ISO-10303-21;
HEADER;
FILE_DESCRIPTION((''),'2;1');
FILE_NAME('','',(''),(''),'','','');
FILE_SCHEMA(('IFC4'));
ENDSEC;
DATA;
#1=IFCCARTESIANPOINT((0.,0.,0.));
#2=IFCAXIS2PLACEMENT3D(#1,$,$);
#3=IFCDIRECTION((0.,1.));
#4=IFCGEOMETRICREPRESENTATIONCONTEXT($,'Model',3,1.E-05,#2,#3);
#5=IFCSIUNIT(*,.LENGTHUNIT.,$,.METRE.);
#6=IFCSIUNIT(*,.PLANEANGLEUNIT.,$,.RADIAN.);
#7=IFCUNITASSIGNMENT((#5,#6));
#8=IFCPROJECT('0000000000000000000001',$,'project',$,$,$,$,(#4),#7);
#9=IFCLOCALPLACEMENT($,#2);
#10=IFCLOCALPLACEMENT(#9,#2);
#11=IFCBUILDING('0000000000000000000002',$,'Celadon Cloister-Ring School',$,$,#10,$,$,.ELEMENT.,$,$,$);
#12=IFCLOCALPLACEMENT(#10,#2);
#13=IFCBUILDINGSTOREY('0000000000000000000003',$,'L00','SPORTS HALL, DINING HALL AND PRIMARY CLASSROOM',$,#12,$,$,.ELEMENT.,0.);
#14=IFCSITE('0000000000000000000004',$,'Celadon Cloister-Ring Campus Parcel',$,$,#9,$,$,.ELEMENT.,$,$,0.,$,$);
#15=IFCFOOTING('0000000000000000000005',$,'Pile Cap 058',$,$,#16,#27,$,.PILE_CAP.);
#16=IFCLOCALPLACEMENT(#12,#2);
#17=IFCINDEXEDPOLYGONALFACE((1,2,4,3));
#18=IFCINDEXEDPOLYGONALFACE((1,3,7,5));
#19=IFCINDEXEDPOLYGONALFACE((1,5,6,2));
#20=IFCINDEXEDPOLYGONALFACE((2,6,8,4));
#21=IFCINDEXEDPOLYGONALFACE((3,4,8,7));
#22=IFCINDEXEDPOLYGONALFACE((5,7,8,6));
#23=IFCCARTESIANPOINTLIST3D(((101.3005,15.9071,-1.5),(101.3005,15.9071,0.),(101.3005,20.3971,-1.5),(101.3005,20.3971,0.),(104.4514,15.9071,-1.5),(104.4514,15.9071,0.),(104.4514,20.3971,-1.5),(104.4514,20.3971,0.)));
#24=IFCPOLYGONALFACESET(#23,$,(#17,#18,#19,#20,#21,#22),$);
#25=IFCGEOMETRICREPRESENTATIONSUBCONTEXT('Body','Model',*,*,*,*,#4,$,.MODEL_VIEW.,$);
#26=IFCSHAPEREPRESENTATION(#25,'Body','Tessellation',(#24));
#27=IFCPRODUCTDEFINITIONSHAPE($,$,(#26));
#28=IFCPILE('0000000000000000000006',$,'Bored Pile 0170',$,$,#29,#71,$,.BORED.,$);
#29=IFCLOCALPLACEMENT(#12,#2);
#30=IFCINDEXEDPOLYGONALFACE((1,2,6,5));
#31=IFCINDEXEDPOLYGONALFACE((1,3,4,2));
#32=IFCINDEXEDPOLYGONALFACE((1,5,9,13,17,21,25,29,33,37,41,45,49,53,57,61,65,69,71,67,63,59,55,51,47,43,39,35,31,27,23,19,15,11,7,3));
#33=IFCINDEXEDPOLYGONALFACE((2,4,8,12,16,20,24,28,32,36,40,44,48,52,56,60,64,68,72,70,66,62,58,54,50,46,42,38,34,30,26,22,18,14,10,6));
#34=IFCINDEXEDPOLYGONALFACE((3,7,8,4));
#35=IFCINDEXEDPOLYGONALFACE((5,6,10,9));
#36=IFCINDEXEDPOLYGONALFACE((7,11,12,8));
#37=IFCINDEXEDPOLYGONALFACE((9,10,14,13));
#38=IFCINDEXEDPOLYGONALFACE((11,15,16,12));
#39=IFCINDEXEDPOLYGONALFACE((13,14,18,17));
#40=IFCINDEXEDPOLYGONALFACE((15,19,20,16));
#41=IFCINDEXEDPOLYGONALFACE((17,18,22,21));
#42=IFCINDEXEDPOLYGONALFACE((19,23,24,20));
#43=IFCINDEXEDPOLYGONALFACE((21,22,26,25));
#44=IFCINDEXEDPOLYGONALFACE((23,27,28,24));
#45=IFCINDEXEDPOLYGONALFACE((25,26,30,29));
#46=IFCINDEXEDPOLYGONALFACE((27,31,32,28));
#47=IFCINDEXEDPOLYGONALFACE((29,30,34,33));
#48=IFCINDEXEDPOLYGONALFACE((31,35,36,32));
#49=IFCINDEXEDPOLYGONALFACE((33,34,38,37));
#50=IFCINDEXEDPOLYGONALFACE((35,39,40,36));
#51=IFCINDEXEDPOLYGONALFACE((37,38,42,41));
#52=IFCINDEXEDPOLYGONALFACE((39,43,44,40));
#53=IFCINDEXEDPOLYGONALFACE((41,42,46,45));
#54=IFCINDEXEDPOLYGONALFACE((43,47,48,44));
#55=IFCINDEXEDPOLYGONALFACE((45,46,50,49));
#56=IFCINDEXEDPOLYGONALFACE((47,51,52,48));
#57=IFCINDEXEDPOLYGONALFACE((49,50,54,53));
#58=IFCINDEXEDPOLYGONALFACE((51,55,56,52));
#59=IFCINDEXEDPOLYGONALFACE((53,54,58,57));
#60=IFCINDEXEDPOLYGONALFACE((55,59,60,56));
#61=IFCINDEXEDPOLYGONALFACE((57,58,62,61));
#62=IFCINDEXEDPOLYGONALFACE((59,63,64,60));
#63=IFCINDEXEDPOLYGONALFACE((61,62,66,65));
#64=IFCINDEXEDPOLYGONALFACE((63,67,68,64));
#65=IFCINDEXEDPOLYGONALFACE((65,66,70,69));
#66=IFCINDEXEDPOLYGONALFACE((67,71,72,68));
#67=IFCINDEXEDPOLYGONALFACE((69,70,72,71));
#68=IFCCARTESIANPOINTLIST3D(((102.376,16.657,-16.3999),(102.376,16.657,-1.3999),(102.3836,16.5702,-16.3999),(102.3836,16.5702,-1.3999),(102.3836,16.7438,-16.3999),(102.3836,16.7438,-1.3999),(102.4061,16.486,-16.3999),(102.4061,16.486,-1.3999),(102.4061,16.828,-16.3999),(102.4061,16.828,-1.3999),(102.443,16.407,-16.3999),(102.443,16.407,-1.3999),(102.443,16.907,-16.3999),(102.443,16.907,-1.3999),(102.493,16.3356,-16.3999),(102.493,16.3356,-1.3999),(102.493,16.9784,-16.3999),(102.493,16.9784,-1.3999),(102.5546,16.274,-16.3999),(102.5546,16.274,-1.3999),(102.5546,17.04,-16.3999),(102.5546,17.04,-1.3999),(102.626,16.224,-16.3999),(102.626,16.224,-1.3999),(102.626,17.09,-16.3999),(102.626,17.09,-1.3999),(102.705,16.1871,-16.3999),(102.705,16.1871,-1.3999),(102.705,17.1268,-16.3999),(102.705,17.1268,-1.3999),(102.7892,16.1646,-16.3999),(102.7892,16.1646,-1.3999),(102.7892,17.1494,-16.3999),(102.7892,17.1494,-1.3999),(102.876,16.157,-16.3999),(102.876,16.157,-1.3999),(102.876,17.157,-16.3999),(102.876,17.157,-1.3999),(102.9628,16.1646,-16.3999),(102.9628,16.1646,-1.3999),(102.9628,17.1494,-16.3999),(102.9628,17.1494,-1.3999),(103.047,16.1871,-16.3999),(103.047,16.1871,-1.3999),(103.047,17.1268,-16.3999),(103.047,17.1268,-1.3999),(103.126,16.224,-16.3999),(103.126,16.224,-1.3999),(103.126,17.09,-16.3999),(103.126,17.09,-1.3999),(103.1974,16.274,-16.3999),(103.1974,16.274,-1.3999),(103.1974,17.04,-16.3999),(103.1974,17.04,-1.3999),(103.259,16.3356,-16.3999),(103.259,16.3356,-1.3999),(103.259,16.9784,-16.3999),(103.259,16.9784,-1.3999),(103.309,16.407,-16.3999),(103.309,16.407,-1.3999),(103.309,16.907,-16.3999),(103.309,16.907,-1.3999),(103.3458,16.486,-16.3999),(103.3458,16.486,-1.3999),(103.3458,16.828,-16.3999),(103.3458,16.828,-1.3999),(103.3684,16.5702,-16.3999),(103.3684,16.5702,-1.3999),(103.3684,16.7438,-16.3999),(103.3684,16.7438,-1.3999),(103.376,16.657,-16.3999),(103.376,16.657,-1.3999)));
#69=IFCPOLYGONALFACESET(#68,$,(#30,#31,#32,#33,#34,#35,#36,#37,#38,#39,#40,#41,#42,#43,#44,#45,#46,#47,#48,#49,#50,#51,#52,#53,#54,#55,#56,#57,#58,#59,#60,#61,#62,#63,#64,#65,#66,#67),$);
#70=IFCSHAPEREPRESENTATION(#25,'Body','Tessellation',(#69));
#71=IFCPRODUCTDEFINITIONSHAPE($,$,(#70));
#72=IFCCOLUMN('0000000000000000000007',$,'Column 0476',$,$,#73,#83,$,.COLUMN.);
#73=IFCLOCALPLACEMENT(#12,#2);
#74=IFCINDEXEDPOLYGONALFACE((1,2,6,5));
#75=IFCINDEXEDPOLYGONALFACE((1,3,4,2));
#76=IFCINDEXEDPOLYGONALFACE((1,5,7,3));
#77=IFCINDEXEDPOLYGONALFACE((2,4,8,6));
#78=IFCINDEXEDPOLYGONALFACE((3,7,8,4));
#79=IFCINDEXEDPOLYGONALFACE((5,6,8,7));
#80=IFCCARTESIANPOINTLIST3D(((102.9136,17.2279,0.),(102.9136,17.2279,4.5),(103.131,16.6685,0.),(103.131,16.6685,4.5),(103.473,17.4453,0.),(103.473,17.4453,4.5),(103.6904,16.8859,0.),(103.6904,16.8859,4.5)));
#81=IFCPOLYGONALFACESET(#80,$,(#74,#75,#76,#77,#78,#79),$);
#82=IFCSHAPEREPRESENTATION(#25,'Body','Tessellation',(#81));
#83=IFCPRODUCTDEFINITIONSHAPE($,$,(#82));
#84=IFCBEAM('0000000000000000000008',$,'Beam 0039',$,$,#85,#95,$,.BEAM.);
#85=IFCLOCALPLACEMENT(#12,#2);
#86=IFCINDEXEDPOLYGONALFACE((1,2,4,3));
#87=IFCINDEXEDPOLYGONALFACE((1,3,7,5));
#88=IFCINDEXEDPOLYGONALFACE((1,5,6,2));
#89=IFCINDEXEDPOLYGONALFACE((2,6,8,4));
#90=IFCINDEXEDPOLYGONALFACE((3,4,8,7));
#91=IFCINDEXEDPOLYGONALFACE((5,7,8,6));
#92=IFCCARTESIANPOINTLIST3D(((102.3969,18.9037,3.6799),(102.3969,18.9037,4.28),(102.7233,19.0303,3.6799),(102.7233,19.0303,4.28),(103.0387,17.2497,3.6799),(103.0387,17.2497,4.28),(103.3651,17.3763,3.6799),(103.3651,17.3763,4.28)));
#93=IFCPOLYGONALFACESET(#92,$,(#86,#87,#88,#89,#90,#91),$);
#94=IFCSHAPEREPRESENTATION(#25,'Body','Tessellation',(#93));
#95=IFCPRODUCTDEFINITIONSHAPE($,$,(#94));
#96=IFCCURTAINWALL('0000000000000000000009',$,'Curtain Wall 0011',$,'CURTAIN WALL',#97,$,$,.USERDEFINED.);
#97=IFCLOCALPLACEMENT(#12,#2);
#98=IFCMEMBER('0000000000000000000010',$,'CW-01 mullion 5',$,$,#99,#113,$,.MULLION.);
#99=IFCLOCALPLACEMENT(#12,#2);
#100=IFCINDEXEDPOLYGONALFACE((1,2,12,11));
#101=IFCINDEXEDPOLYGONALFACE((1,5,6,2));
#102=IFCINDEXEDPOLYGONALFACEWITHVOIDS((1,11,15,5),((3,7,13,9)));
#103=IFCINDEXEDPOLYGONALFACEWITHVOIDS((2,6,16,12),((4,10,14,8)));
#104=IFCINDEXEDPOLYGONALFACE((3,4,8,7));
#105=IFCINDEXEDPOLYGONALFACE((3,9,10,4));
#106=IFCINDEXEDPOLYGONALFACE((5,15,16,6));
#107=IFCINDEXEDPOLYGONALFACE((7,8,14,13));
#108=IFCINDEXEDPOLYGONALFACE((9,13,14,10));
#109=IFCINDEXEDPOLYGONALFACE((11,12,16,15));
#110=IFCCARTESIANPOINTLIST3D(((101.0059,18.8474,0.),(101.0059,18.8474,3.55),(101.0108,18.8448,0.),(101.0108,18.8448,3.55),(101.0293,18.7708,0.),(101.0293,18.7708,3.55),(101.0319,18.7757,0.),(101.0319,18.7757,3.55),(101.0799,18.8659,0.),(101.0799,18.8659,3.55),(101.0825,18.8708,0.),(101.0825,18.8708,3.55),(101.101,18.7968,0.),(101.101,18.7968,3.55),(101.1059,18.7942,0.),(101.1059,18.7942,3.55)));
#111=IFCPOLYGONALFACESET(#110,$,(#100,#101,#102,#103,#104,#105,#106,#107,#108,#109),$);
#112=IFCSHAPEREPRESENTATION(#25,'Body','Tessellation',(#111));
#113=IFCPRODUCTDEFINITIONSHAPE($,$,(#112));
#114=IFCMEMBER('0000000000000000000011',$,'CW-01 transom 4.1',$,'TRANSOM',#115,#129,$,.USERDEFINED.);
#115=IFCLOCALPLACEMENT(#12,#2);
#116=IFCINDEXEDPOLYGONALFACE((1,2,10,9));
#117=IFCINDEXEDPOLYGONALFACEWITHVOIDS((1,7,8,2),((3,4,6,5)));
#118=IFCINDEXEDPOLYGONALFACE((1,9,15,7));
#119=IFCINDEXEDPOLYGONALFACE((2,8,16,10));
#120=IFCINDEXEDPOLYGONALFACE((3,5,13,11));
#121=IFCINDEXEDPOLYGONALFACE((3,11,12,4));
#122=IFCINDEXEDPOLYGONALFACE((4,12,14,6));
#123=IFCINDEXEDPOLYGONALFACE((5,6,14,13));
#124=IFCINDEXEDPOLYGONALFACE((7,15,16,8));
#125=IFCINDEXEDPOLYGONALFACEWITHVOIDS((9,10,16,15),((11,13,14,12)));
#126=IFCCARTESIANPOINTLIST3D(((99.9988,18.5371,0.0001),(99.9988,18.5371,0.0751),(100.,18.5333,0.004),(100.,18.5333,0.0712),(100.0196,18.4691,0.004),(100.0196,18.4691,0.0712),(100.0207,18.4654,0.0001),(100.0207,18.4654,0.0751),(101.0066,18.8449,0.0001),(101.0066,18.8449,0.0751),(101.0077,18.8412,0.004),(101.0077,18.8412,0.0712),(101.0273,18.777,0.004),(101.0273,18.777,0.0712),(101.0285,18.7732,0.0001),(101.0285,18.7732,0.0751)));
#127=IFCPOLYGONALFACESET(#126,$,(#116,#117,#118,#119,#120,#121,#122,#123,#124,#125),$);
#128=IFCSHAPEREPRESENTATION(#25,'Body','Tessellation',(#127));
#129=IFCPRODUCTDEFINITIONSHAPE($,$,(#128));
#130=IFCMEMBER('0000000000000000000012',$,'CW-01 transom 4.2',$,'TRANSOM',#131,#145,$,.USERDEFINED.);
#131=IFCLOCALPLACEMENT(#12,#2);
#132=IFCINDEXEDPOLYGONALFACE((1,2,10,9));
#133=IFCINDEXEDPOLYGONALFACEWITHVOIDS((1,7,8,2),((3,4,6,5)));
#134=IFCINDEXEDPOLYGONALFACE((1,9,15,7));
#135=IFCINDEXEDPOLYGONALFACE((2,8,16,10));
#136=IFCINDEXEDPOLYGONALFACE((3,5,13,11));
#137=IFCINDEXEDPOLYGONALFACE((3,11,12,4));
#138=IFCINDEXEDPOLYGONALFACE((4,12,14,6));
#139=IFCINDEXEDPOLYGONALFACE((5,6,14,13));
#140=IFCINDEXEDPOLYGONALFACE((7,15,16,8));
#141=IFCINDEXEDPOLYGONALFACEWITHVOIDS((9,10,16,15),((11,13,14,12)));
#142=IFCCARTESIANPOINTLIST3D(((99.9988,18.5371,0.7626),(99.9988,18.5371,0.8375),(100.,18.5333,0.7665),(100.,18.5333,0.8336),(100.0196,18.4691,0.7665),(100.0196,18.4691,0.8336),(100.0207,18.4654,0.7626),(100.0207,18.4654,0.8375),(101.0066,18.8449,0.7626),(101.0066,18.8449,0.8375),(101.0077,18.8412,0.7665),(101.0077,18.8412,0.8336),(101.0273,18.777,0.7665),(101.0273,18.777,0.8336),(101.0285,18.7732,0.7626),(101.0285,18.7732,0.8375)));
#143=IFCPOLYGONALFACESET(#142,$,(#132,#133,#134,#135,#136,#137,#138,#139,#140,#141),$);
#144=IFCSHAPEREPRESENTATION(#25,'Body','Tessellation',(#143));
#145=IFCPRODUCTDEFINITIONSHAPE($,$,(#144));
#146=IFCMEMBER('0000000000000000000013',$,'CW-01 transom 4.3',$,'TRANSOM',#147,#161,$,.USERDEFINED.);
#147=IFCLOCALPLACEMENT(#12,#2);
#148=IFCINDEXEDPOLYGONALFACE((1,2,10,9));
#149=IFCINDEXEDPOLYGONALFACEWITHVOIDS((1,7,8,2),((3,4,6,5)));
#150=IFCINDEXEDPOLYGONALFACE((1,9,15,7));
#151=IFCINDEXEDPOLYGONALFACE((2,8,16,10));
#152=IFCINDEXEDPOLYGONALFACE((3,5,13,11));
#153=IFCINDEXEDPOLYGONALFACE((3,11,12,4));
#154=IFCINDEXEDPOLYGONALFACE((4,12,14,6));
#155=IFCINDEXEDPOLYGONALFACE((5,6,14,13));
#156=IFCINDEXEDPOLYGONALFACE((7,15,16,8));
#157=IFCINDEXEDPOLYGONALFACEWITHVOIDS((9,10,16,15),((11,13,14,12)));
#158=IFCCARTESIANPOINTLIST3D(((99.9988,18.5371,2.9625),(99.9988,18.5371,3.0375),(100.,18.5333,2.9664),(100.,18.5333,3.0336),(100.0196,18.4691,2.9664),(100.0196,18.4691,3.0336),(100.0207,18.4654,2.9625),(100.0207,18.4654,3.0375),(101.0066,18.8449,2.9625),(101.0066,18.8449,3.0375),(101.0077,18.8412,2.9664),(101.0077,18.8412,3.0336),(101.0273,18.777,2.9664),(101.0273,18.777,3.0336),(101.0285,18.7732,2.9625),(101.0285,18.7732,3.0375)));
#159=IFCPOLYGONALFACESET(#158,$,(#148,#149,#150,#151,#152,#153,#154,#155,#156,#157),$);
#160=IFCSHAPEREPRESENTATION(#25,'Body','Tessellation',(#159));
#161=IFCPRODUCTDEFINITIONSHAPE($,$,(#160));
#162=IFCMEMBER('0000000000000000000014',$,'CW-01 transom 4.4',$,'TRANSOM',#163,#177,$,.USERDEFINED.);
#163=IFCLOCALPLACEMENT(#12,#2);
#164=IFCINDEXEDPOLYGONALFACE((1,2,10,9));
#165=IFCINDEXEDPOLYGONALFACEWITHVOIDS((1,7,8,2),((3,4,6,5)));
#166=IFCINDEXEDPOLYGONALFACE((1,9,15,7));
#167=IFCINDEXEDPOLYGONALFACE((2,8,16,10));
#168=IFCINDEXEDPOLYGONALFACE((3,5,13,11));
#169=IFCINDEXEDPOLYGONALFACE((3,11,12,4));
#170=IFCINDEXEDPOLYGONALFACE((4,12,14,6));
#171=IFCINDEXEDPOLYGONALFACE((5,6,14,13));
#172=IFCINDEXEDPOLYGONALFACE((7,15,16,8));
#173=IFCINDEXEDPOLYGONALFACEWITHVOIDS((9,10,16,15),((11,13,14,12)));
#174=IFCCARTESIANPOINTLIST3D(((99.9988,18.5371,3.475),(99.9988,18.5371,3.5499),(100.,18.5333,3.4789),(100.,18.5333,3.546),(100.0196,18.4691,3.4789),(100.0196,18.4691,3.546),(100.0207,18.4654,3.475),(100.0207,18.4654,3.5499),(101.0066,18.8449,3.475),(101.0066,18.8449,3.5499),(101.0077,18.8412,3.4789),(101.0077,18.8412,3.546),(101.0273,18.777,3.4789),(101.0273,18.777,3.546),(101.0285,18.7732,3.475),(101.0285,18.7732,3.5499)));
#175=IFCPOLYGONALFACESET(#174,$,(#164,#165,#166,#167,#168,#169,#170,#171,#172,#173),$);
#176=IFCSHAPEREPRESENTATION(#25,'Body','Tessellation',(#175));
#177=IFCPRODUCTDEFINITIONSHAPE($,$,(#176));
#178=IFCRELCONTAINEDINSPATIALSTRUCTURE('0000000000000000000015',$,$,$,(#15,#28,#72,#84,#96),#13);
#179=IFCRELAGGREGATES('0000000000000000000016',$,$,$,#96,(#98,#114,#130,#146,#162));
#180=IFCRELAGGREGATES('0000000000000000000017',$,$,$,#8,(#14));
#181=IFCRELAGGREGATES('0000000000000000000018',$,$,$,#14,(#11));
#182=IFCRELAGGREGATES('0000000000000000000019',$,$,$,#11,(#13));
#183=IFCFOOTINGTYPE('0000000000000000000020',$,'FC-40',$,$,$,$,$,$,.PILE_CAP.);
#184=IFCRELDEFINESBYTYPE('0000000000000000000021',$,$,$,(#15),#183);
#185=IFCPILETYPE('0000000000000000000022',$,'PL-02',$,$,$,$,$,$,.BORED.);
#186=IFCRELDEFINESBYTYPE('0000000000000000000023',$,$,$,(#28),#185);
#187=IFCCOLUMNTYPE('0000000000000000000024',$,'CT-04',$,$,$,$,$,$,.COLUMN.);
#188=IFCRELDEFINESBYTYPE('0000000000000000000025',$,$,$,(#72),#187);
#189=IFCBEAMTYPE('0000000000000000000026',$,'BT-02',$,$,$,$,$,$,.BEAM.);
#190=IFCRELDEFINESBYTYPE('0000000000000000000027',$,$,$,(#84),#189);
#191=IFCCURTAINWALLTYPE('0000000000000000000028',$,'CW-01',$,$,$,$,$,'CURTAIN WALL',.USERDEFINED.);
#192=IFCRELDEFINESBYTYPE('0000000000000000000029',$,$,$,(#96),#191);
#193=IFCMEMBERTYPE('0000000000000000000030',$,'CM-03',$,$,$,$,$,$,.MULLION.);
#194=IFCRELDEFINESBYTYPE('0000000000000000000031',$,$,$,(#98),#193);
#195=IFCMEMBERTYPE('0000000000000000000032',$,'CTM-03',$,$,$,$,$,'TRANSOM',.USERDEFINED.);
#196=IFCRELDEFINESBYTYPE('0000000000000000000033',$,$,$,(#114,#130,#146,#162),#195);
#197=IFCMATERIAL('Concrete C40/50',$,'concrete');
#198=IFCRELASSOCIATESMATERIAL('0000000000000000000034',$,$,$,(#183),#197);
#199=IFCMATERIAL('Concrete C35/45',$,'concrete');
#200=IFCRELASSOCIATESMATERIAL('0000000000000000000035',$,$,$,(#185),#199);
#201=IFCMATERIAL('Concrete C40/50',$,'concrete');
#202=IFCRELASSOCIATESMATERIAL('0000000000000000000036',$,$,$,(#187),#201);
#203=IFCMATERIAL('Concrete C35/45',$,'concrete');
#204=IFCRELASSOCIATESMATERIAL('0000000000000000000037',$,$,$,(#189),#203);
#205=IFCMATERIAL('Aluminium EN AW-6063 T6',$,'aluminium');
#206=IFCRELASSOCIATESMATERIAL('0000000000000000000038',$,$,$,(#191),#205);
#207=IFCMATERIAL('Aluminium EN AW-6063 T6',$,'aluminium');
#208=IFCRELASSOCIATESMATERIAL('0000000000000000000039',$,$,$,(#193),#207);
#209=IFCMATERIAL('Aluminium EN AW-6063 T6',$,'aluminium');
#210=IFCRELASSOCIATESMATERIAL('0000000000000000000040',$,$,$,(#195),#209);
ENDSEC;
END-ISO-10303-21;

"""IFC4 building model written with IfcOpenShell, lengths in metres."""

from ifc_helpers import new_model, si_unit, direction, frame, origin, origin_2d, place, context, subcontext, project, spatial, rectangle, hollow_rectangle, circle, extrude, material, material_profile, profile_set, type_object, element, aggregate, save


model = new_model("IFC4")

# Units and contexts
model_context = context("Model", 3, precision=1e-05, world=origin(), true_north=direction((0.0, 1.0)))
body_context = subcontext(model_context, "Body", "Model", "MODEL_VIEW")
ifc_project = project(units=[si_unit("LENGTHUNIT", "METRE"), si_unit("PLANEANGLEUNIT", "RADIAN")], contexts=[model_context])

# Site, building, storey
site_placement = place(None, origin())
site = spatial("IfcSite", under=ifc_project, at=site_placement, Name="Celadon Cloister-Ring Campus Parcel", CompositionType="ELEMENT", RefElevation=0.0)
building_placement = place(site_placement, origin())
building = spatial("IfcBuilding", under=site, at=building_placement, Name="Celadon Cloister-Ring School", CompositionType="ELEMENT")
storey_placement = place(building_placement, origin())
storey = spatial("IfcBuildingStorey", under=building, at=storey_placement, Name="L00", Description="SPORTS HALL, DINING HALL AND PRIMARY CLASSROOM", CompositionType="ELEMENT", Elevation=0.0)

# Footing
ifc_material_1 = material(Name="Concrete C40/50", Category="concrete")
footing_type = type_object("IfcFootingType", Name="FC-40", PredefinedType="PILE_CAP", material=ifc_material_1)
footing_placement = place(storey_placement, frame((102.876, 18.1521, -1.5), z_axis=(0.0, 0.0, 1.0), x_axis=(1.0, 0.0, 0.0)))
element("IfcFooting", 1, at=footing_placement, inside=storey, type_object=footing_type, Name="Pile Cap 058", PredefinedType="PILE_CAP", context=body_context, shape_type="SweptSolid", body=[
    extrude(rectangle(XDim=3.1509, YDim=4.49, at=origin_2d()), origin(), (0.0, 0.0, 1.0), 1.5),
])

# Pile
ifc_material_2 = material(Name="Concrete C35/45", Category="concrete")
ifc_material_profile_1 = material_profile(ifc_material_2, circle(Radius=0.5, at=origin_2d()), Name="PILE1000")
ifc_profile_set_1 = profile_set([ifc_material_profile_1], Name="Concrete C35/45")
pile_type = type_object("IfcPileType", Name="PL-02", PredefinedType="BORED", material=ifc_profile_set_1)
pile_placement = place(storey_placement, frame((102.876, 16.657, -1.3999), z_axis=(0.0, 0.0, -1.0), x_axis=(1.0, 0.0, 0.0)))
element("IfcPile", 2, at=pile_placement, inside=storey, type_object=pile_type, Name="Bored Pile 0170", PredefinedType="BORED", context=body_context, shape_type="SweptSolid", body=[
    extrude(circle(Radius=0.5, at=origin_2d()), origin(), (0.0, 0.0, 1.0), 15.0),
])

# Column
ifc_material_3 = material(Name="Concrete C40/50", Category="concrete")
ifc_material_profile_2 = material_profile(ifc_material_3, rectangle(XDim=0.6001, YDim=0.6001, at=origin_2d()), Name="RC600X600")
ifc_profile_set_2 = profile_set([ifc_material_profile_2], Name="Concrete C40/50")
column_type = type_object("IfcColumnType", Name="CT-04", PredefinedType="COLUMN", material=ifc_profile_set_2)
column_placement = place(storey_placement, frame((103.302, 17.0569, 0.0), z_axis=(0.0, 0.0, 1.0), x_axis=(0.362275, -0.932071, 0.0)))
element("IfcColumn", 3, at=column_placement, inside=storey, type_object=column_type, Name="Column 0476", PredefinedType="COLUMN", context=body_context, shape_type="SweptSolid", body=[
    extrude(rectangle(XDim=0.6001, YDim=0.6001, at=origin_2d()), origin(), (0.0, 0.0, 1.0), 4.5),
])

# Beam
ifc_material_4 = material(Name="Concrete C35/45", Category="concrete")
ifc_material_profile_3 = material_profile(ifc_material_4, rectangle(XDim=0.3501, YDim=0.6001, at=origin_2d()), Name="RC350X600")
ifc_profile_set_3 = profile_set([ifc_material_profile_3], Name="Concrete C35/45")
beam_type_1 = type_object("IfcBeamType", Name="BT-02", PredefinedType="BEAM", material=ifc_profile_set_3)
beam_1_placement = place(storey_placement, frame((103.2019, 17.313, 3.98), z_axis=(-0.361762, 0.93227, 0.0), x_axis=(-0.93227, -0.361762, 0.0)))
element("IfcBeam", 4, at=beam_1_placement, inside=storey, type_object=beam_type_1, Name="Beam 0039", PredefinedType="BEAM", context=body_context, shape_type="SweptSolid", body=[
    extrude(rectangle(XDim=0.3501, YDim=0.6001, at=origin_2d()), origin(), (0.0, 0.0, 1.0), 1.7742),
])

# Curtain wall, members
ifc_material_5 = material(Name="Aluminium EN AW-6063 T6", Category="aluminium")
curtain_wall_type = type_object("IfcCurtainWallType", Name="CW-01", ElementType="CURTAIN WALL", PredefinedType="USERDEFINED", material=ifc_material_5)
curtain_wall_placement = place(storey_placement, origin())
curtain_wall = element("IfcCurtainWall", 5, at=curtain_wall_placement, inside=storey, type_object=curtain_wall_type, Name="Curtain Wall 0011", ObjectType="CURTAIN WALL", PredefinedType="USERDEFINED")
ifc_material_6 = material(Name="Aluminium EN AW-6063 T6", Category="aluminium")
ifc_material_profile_4 = material_profile(ifc_material_6, hollow_rectangle(XDim=0.0801, YDim=0.0801, WallThickness=0.0039, at=origin_2d()), Name="RHS80X80X4")
ifc_profile_set_4 = profile_set([ifc_material_profile_4], Name="Aluminium EN AW-6063 T6")
member_type_1 = type_object("IfcMemberType", Name="CM-03", PredefinedType="MULLION", material=ifc_profile_set_4)
member_1_placement = place(storey_placement, frame((101.0559, 18.8208, 0.0), z_axis=(0.0, 0.0, 1.0), x_axis=(-0.292151, 0.956372, 0.0)))
member_1 = element("IfcMember", 6, at=member_1_placement, type_object=member_type_1, Name="CW-01 mullion 5", PredefinedType="MULLION", context=body_context, shape_type="SweptSolid", body=[
    extrude(hollow_rectangle(XDim=0.0801, YDim=0.0801, WallThickness=0.0039, at=origin_2d()), origin(), (0.0, 0.0, 1.0), 3.55),
])
ifc_material_7 = material(Name="Aluminium EN AW-6063 T6", Category="aluminium")
ifc_material_profile_5 = material_profile(ifc_material_7, hollow_rectangle(XDim=0.075, YDim=0.075, WallThickness=0.0039, at=origin_2d()), Name="RHS75X75X4")
ifc_profile_set_5 = profile_set([ifc_material_profile_5], Name="Aluminium EN AW-6063 T6")
member_type_2 = type_object("IfcMemberType", Name="CTM-03", ElementType="TRANSOM", PredefinedType="USERDEFINED", material=ifc_profile_set_5)
member_2_placement = place(storey_placement, frame((100.0098, 18.5012, 0.0376), z_axis=(0.956373, 0.292148, 0.0), x_axis=(-0.292148, 0.956373, 0.0)))
member_2 = element("IfcMember", 7, at=member_2_placement, type_object=member_type_2, Name="CW-01 transom 4.1", ObjectType="TRANSOM", PredefinedType="USERDEFINED", context=body_context, shape_type="SweptSolid", body=[
    extrude(hollow_rectangle(XDim=0.075, YDim=0.075, WallThickness=0.0039, at=origin_2d()), origin(), (0.0, 0.0, 1.0), 1.0537),
])
member_3_placement = place(storey_placement, frame((100.0098, 18.5012, 0.8), z_axis=(0.956373, 0.292148, 0.0), x_axis=(-0.292148, 0.956373, 0.0)))
member_3 = element("IfcMember", 8, at=member_3_placement, type_object=member_type_2, Name="CW-01 transom 4.2", ObjectType="TRANSOM", PredefinedType="USERDEFINED", context=body_context, shape_type="SweptSolid", body=[
    extrude(hollow_rectangle(XDim=0.075, YDim=0.075, WallThickness=0.0039, at=origin_2d()), origin(), (0.0, 0.0, 1.0), 1.0537),
])
member_4_placement = place(storey_placement, frame((100.0098, 18.5012, 3.0), z_axis=(0.956373, 0.292148, 0.0), x_axis=(-0.292148, 0.956373, 0.0)))
member_4 = element("IfcMember", 9, at=member_4_placement, type_object=member_type_2, Name="CW-01 transom 4.3", ObjectType="TRANSOM", PredefinedType="USERDEFINED", context=body_context, shape_type="SweptSolid", body=[
    extrude(hollow_rectangle(XDim=0.075, YDim=0.075, WallThickness=0.0039, at=origin_2d()), origin(), (0.0, 0.0, 1.0), 1.0537),
])
member_5_placement = place(storey_placement, frame((100.0098, 18.5012, 3.5125), z_axis=(0.956373, 0.292148, 0.0), x_axis=(-0.292148, 0.956373, 0.0)))
member_5 = element("IfcMember", 10, at=member_5_placement, type_object=member_type_2, Name="CW-01 transom 4.4", ObjectType="TRANSOM", PredefinedType="USERDEFINED", context=body_context, shape_type="SweptSolid", body=[
    extrude(hollow_rectangle(XDim=0.075, YDim=0.075, WallThickness=0.0039, at=origin_2d()), origin(), (0.0, 0.0, 1.0), 1.0537),
])

aggregate(curtain_wall, [member_1, member_2, member_3, member_4, member_5])

save(model, "model.ifc")
